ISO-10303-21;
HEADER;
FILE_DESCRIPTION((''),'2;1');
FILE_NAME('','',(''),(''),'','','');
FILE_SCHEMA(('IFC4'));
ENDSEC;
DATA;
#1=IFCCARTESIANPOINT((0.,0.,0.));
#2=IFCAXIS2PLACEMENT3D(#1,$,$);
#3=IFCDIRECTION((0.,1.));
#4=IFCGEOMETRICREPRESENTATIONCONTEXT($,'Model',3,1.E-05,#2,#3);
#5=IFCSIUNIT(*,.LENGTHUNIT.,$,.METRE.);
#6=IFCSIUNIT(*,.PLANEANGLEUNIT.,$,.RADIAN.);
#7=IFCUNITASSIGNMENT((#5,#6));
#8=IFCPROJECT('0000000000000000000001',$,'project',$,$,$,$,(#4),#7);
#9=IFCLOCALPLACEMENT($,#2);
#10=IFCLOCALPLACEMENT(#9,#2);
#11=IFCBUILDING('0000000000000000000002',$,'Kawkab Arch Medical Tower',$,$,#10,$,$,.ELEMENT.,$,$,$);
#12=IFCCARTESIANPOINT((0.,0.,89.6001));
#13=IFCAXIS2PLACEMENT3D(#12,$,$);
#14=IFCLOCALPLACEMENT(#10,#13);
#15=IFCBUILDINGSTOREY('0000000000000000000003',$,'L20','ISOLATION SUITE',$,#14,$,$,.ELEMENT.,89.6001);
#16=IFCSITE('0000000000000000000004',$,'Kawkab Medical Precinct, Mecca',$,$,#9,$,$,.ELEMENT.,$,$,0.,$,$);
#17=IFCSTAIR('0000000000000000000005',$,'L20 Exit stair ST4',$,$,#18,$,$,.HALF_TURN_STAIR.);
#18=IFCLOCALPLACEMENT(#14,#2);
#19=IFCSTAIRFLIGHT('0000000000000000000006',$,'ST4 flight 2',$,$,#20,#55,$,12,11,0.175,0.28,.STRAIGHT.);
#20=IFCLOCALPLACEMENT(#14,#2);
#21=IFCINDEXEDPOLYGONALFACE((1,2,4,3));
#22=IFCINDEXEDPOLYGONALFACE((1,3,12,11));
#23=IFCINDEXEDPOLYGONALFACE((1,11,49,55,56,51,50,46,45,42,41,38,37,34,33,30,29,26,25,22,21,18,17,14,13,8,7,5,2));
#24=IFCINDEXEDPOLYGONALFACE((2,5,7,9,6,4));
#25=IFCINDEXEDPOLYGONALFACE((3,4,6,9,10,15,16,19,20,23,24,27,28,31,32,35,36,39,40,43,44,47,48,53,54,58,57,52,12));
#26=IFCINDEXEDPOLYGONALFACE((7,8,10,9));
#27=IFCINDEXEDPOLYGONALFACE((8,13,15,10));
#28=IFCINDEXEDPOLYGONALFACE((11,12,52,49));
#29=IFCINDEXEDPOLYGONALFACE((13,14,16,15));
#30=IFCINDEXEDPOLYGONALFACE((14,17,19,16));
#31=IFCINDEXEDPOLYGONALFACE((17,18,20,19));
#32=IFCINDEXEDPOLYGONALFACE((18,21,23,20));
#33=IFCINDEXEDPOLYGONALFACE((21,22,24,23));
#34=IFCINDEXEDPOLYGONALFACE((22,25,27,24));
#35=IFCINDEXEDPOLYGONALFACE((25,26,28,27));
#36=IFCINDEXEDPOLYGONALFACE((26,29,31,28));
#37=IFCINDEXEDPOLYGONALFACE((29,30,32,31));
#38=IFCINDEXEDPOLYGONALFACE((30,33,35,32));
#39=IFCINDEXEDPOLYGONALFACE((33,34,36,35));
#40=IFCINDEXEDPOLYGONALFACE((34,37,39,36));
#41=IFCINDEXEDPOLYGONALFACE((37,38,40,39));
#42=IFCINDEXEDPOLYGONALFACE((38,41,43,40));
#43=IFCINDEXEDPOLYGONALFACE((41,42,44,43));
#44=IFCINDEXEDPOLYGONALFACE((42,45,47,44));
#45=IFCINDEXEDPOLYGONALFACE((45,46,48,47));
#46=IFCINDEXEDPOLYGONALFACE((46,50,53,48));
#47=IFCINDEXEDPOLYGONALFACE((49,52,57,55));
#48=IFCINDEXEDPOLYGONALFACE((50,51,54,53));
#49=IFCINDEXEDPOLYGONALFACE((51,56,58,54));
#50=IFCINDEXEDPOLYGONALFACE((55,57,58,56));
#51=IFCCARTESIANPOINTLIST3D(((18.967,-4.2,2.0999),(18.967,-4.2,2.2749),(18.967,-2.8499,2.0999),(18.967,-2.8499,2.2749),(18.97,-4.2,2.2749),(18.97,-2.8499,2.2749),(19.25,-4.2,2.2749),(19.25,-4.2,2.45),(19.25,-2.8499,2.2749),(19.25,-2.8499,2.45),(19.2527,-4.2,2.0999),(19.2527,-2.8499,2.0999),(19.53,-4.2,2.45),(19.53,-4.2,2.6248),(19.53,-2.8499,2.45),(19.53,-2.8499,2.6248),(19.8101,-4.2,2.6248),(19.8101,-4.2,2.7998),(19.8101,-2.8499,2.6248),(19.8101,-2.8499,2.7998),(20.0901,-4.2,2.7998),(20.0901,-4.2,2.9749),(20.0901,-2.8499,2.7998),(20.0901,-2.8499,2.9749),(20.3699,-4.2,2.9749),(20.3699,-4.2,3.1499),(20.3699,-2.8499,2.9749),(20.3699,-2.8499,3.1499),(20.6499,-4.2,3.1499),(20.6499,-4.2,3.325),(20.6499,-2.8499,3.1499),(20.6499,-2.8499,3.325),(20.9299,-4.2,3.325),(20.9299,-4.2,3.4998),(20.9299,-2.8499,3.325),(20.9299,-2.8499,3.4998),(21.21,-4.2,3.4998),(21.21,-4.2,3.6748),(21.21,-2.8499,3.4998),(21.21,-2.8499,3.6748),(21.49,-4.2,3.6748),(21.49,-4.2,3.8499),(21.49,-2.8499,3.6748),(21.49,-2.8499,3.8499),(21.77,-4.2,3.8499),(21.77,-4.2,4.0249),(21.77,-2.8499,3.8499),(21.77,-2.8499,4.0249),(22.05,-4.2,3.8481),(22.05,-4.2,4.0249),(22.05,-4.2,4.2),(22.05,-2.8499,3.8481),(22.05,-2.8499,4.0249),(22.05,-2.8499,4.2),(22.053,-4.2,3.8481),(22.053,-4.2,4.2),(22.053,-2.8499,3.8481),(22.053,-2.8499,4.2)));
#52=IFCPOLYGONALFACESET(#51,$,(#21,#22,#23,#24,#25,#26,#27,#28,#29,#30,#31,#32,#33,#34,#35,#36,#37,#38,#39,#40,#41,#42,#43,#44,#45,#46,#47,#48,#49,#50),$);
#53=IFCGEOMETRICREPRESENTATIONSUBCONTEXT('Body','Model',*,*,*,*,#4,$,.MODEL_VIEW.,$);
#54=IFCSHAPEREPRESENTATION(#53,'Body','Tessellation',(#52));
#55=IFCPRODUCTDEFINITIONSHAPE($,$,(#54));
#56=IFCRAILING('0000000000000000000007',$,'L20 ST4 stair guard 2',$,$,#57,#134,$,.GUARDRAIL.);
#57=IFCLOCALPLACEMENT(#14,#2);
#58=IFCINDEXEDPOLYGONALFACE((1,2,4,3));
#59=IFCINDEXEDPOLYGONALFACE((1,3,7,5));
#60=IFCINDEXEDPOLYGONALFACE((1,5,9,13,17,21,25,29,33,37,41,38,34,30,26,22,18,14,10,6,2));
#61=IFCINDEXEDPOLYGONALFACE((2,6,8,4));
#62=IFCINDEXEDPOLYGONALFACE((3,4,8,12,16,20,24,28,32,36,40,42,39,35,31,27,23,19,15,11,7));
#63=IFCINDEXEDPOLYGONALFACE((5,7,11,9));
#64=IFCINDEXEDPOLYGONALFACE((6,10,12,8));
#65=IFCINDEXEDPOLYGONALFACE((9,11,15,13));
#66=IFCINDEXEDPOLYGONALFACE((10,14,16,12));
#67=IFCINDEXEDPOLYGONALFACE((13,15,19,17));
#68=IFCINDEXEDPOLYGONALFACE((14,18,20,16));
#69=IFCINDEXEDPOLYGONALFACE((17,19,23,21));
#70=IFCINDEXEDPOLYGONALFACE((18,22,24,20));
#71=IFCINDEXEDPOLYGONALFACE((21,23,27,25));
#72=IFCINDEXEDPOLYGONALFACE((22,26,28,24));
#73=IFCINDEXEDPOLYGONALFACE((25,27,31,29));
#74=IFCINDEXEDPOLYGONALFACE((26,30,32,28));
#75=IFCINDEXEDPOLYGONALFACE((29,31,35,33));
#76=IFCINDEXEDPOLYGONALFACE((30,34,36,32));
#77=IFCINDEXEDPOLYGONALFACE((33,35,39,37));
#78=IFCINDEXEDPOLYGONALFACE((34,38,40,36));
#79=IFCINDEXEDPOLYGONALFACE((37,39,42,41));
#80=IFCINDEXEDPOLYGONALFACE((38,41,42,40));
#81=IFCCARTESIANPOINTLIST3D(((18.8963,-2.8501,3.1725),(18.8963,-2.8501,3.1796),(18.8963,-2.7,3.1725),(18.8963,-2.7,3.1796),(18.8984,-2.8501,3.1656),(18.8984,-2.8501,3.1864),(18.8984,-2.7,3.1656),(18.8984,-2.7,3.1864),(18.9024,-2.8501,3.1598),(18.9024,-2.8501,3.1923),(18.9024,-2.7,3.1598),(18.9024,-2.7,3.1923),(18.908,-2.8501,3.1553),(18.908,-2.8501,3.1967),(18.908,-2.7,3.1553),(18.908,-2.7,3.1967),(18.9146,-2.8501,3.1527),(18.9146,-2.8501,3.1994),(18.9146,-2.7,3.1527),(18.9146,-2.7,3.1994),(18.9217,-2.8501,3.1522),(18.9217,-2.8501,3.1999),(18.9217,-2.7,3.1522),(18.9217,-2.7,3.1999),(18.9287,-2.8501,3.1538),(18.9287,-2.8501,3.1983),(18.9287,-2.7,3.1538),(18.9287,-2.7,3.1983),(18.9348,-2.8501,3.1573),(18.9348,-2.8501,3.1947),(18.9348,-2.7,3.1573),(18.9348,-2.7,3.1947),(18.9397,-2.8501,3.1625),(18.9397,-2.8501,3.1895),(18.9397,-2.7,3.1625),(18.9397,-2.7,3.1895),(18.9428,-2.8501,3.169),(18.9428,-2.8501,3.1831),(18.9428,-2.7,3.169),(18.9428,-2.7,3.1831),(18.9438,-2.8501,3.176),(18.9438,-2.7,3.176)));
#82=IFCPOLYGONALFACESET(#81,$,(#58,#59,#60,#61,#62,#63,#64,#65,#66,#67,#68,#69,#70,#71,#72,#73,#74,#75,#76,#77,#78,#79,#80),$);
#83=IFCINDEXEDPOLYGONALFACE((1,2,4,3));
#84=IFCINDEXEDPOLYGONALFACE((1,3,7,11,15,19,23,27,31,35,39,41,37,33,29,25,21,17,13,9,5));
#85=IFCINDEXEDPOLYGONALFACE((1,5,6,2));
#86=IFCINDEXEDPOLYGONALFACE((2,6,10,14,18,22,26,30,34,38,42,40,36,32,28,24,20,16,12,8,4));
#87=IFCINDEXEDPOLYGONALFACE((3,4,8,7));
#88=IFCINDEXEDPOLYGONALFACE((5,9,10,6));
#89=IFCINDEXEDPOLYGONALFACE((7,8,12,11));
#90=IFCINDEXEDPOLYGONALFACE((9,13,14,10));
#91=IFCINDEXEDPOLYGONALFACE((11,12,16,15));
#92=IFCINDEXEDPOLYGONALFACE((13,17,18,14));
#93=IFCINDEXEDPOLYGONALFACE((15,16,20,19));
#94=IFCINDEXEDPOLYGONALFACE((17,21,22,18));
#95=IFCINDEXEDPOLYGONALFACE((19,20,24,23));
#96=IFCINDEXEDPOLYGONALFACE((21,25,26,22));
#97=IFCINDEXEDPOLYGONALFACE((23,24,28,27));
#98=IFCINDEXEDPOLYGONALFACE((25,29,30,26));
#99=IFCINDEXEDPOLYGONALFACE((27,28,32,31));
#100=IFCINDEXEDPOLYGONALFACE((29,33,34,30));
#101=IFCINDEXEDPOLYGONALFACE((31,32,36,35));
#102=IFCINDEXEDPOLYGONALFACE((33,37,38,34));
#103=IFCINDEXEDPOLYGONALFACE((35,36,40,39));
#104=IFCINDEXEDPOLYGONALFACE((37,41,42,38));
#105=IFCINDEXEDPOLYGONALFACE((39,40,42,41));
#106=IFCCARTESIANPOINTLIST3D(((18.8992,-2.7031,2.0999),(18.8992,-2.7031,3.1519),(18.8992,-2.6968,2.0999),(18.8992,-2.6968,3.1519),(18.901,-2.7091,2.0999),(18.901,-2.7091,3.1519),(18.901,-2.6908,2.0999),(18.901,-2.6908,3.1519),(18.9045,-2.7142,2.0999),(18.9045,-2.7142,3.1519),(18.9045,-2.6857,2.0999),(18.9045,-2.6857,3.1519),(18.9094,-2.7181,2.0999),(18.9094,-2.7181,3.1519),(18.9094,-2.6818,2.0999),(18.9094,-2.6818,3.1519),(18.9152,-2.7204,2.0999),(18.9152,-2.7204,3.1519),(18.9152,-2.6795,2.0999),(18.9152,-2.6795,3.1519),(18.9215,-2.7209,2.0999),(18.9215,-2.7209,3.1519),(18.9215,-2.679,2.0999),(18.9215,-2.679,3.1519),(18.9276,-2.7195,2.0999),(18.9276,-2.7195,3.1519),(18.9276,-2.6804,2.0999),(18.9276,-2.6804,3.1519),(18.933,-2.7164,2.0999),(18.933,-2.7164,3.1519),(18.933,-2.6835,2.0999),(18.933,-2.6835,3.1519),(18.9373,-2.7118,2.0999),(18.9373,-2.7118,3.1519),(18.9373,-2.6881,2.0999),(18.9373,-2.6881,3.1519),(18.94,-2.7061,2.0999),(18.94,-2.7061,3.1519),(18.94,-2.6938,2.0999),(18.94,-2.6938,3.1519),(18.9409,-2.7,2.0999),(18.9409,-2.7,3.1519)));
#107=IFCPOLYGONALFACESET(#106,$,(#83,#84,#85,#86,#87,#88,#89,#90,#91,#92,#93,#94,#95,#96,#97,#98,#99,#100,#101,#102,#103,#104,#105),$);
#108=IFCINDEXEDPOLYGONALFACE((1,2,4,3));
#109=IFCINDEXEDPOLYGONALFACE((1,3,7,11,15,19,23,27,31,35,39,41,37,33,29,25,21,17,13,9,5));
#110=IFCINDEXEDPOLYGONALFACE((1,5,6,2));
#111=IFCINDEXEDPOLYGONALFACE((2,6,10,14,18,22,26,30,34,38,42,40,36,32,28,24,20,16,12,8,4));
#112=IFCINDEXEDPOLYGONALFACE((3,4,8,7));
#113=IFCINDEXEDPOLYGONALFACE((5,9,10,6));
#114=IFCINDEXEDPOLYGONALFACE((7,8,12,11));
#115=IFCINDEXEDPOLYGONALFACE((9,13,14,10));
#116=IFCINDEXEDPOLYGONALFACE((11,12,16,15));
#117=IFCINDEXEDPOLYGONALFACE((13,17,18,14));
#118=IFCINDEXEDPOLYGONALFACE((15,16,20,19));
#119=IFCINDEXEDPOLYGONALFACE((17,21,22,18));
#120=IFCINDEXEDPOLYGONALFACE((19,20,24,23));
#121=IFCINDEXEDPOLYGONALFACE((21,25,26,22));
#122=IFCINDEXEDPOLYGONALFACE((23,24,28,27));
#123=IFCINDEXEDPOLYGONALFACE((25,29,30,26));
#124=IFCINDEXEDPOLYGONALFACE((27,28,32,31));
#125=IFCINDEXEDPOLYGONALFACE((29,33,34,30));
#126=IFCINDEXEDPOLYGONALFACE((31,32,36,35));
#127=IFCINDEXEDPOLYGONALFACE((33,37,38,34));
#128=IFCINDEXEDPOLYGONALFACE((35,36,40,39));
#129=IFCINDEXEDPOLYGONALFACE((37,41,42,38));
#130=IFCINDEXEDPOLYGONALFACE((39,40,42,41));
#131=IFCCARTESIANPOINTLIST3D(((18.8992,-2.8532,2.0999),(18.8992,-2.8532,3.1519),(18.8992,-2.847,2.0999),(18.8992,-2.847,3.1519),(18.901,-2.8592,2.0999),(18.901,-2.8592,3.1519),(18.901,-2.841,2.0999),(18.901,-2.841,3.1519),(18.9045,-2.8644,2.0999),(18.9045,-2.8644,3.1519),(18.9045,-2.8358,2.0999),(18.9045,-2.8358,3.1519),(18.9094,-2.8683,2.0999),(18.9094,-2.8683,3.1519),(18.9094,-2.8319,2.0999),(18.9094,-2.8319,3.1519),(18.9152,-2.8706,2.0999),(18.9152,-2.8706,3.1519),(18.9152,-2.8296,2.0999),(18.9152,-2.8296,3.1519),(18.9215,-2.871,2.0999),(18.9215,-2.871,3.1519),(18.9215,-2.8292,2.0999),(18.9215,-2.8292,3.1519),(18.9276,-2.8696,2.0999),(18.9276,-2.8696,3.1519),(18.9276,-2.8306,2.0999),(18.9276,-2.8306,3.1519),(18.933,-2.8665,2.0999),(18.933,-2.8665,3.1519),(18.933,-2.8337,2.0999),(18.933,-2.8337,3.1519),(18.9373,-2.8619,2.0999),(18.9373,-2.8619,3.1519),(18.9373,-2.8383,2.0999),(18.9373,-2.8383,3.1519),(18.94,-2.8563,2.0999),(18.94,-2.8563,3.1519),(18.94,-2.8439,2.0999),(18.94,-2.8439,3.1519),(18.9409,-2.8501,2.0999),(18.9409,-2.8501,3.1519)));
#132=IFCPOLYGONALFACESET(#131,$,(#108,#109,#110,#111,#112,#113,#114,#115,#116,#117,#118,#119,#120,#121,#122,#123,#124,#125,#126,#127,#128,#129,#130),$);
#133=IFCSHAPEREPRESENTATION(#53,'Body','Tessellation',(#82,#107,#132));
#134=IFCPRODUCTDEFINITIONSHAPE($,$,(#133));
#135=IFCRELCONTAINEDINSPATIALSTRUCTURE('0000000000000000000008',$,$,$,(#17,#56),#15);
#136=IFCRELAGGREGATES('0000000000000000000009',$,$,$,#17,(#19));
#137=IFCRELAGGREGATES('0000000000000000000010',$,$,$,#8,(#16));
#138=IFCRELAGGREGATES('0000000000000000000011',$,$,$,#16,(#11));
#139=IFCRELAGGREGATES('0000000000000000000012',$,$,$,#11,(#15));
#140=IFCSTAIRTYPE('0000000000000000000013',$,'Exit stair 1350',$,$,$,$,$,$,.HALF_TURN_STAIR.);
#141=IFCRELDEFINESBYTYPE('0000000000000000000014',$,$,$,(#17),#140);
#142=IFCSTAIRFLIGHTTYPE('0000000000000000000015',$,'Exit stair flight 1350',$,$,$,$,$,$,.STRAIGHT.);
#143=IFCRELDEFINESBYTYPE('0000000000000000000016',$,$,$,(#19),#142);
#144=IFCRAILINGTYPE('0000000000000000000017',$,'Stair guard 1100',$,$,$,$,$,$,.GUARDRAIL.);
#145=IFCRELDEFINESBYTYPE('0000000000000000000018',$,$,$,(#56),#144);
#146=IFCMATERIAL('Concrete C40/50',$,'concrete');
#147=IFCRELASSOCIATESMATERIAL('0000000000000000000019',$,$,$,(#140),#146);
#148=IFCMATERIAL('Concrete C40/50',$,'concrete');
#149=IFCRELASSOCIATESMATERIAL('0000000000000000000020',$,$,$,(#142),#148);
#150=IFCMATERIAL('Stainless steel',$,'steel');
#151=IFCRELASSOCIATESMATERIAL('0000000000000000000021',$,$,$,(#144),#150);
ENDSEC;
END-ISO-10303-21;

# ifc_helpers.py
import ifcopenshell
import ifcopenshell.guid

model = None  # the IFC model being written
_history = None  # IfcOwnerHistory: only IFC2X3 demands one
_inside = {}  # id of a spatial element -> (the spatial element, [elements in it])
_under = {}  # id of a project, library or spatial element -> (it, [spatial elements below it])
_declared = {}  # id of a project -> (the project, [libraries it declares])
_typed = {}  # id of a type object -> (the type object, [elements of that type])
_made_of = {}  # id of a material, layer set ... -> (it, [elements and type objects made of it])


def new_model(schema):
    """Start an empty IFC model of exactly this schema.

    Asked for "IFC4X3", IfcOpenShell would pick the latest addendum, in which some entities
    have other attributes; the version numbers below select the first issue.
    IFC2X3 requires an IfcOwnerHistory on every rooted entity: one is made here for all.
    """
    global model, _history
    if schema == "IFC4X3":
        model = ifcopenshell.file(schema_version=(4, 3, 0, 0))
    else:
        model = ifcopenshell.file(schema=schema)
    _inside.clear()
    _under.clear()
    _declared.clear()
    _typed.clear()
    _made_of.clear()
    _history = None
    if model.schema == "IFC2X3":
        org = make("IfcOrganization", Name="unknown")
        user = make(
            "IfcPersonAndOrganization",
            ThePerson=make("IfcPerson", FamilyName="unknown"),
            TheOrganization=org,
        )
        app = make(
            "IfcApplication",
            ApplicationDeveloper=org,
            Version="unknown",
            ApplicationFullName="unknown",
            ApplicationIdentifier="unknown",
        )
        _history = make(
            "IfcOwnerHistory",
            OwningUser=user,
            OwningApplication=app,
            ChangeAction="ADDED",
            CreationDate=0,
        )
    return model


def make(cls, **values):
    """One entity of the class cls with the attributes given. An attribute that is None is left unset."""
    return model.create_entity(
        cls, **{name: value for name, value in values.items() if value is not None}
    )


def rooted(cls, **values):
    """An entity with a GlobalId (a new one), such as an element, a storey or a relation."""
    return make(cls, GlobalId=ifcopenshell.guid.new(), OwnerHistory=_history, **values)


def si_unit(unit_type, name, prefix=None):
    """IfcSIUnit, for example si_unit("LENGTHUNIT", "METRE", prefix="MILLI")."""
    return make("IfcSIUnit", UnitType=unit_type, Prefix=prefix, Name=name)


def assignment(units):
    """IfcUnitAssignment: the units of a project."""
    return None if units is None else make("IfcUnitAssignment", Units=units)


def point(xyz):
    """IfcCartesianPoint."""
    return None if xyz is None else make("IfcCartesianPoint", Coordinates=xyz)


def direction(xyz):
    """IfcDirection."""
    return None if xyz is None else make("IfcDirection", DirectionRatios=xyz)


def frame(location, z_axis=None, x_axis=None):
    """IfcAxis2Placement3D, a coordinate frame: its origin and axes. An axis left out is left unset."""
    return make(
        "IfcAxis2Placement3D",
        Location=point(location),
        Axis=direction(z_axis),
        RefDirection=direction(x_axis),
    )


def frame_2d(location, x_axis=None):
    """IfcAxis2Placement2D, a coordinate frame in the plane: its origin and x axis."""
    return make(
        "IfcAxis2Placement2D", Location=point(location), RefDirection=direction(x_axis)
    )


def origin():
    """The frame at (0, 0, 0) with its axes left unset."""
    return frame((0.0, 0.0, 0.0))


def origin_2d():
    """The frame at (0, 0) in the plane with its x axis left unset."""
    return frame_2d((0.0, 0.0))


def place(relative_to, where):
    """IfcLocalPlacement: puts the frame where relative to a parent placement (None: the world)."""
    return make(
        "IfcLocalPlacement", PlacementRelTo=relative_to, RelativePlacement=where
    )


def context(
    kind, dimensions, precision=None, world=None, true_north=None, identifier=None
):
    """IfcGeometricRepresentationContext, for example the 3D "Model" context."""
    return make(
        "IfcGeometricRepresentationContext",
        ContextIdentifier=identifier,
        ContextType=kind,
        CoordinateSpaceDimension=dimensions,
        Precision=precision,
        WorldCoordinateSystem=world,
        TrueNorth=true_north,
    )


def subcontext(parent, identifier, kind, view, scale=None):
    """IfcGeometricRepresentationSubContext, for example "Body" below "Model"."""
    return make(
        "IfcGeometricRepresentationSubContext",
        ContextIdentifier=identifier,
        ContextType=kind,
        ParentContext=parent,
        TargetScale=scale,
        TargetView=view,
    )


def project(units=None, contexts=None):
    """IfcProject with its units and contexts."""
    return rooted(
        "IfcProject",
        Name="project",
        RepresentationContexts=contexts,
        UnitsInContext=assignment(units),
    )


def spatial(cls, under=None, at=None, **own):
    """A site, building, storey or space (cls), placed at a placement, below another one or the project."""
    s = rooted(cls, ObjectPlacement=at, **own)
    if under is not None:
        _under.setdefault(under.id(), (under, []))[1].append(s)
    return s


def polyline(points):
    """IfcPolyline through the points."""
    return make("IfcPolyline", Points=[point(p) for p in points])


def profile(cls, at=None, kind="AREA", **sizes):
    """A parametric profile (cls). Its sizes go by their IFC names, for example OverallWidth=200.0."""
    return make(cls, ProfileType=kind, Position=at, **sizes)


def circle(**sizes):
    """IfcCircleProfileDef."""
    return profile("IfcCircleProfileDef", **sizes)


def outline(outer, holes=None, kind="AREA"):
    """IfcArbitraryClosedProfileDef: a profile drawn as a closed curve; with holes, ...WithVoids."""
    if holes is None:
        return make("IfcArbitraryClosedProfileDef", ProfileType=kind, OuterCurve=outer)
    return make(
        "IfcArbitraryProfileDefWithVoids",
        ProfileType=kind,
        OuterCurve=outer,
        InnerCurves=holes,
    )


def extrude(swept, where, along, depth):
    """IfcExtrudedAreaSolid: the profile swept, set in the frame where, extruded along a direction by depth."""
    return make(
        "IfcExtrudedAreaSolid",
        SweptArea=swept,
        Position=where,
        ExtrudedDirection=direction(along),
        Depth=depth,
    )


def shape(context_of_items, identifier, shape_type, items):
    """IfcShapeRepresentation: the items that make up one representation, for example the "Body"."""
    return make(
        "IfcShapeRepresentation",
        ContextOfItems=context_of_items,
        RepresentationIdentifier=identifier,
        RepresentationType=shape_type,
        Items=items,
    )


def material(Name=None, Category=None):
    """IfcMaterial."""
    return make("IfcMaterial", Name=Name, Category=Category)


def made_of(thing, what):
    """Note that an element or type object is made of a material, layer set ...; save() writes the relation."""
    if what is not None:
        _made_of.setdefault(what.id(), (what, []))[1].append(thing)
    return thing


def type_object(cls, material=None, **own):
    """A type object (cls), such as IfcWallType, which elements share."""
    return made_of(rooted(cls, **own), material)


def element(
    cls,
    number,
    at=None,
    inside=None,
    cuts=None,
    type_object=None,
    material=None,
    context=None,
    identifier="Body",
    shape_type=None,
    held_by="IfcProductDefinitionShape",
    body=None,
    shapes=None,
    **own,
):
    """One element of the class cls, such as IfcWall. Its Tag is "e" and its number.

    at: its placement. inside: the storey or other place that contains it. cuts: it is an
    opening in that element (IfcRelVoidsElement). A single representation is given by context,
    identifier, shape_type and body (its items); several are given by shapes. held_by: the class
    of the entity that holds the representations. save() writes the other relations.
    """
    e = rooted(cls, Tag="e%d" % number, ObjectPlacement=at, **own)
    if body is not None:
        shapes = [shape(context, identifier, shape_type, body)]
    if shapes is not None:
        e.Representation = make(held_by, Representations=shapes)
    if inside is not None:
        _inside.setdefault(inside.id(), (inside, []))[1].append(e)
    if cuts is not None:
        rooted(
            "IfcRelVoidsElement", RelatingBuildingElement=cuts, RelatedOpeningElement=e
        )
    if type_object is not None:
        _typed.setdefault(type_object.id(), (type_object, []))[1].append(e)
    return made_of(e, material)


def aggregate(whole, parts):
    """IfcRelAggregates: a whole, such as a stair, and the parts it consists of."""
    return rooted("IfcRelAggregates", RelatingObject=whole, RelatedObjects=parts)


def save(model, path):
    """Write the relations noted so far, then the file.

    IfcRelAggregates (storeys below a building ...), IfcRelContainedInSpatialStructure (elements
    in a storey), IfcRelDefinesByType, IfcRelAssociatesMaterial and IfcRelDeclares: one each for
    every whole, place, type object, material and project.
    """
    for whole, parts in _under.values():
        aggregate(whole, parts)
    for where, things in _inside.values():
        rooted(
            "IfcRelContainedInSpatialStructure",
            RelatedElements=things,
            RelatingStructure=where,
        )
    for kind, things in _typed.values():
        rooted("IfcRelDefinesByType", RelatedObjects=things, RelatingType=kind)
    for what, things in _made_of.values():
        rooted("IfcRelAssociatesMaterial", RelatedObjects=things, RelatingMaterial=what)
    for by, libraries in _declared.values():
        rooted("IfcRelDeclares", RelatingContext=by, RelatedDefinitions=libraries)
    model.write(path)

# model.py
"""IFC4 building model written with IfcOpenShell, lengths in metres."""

from ifc_helpers import new_model, si_unit, direction, frame, origin, origin_2d, place, context, subcontext, project, spatial, polyline, circle, outline, extrude, material, type_object, element, aggregate, save


model = new_model("IFC4")

# Units and contexts
model_context = context("Model", 3, precision=1e-05, world=origin(), true_north=direction((0.0, 1.0)))
body_context = subcontext(model_context, "Body", "Model", "MODEL_VIEW")
ifc_project = project(units=[si_unit("LENGTHUNIT", "METRE"), si_unit("PLANEANGLEUNIT", "RADIAN")], contexts=[model_context])

# Site, building, storey
site_placement = place(None, origin())
site = spatial("IfcSite", under=ifc_project, at=site_placement, Name="Kawkab Medical Precinct, Mecca", CompositionType="ELEMENT", RefElevation=0.0)
building_placement = place(site_placement, origin())
building = spatial("IfcBuilding", under=site, at=building_placement, Name="Kawkab Arch Medical Tower", CompositionType="ELEMENT")
storey_placement = place(building_placement, frame((0.0, 0.0, 89.6001)))
storey = spatial("IfcBuildingStorey", under=building, at=storey_placement, Name="L20", Description="ISOLATION SUITE", CompositionType="ELEMENT", Elevation=89.6001)

# Shared definitions
placement = place(storey_placement, origin())

# Stair, stair flight
ifc_material_1 = material(Name="Concrete C40/50", Category="concrete")
stair_type = type_object("IfcStairType", Name="Exit stair 1350", PredefinedType="HALF_TURN_STAIR", material=ifc_material_1)
stair = element("IfcStair", 1, at=placement, inside=storey, type_object=stair_type, Name="L20 Exit stair ST4", PredefinedType="HALF_TURN_STAIR")
ifc_material_2 = material(Name="Concrete C40/50", Category="concrete")
stair_flight_type = type_object("IfcStairFlightType", Name="Exit stair flight 1350", PredefinedType="STRAIGHT", material=ifc_material_2)
stair_flight_placement = place(storey_placement, frame((18.97, -3.5249, 2.0999), z_axis=(0.0, 0.0, 1.0), x_axis=(1.0, 0.0, 0.0)))
stair_flight = element("IfcStairFlight", 2, at=stair_flight_placement, type_object=stair_flight_type, Name="ST4 flight 2", NumberOfRisers=12, NumberOfTreads=11, PredefinedType="STRAIGHT", RiserHeight=0.175, TreadLength=0.28, context=body_context, shape_type="SweptSolid", body=[
    extrude(outline(polyline([(-0.0029, 0.0), (-0.0029, 0.175), (0.0, 0.175), (0.28, 0.175), (0.28, 0.3501), (0.5601, 0.3501), (0.5601, 0.5249), (0.8401, 0.5249), (0.8401, 0.7), (1.1201, 0.7), (1.1201, 0.875), (1.3999, 0.875), (1.3999, 1.05), (1.6799, 1.05), (1.6799, 1.2251), (1.96, 1.2251), (1.96, 1.3999), (2.24, 1.3999), (2.24, 1.575), (2.52, 1.575), (2.52, 1.75), (2.8, 1.75), (2.8, 1.925), (3.0801, 1.925), (3.0801, 2.1001), (3.083, 2.1001), (3.083, 1.7483), (3.0801, 1.7483), (0.2827, 0.0), (-0.0029, 0.0)])), frame((0.0, 0.675, 0.0), z_axis=(0.0, -1.0, 0.0), x_axis=(1.0, 0.0, 0.0)), (0.0, 0.0, 1.0), 1.3501),
])
aggregate(stair, [stair_flight])

# Railing
ifc_material_3 = material(Name="Stainless steel", Category="steel")
railing_type_1 = type_object("IfcRailingType", Name="Stair guard 1100", PredefinedType="GUARDRAIL", material=ifc_material_3)
railing_1_placement = place(storey_placement, frame((18.9199, -2.7, 2.0999)))
element("IfcRailing", 3, at=railing_1_placement, inside=storey, type_object=railing_type_1, Name="L20 ST4 stair guard 2", PredefinedType="GUARDRAIL", context=body_context, shape_type="SweptSolid", body=[
    extrude(circle(Radius=0.0239, at=origin_2d()), frame((0.0, 0.0, 1.0762), z_axis=(0.0, -1.0, 0.0), x_axis=(1.0, 0.0, 0.0)), (0.0, 0.0, 1.0), 0.1501),
    extrude(circle(Radius=0.021, at=origin_2d()), origin(), (0.0, 0.0, 1.0), 1.052),
    extrude(circle(Radius=0.021, at=origin_2d()), frame((0.0, -0.1501, 0.0)), (0.0, 0.0, 1.0), 1.052),
])

save(model, "model.ifc")
